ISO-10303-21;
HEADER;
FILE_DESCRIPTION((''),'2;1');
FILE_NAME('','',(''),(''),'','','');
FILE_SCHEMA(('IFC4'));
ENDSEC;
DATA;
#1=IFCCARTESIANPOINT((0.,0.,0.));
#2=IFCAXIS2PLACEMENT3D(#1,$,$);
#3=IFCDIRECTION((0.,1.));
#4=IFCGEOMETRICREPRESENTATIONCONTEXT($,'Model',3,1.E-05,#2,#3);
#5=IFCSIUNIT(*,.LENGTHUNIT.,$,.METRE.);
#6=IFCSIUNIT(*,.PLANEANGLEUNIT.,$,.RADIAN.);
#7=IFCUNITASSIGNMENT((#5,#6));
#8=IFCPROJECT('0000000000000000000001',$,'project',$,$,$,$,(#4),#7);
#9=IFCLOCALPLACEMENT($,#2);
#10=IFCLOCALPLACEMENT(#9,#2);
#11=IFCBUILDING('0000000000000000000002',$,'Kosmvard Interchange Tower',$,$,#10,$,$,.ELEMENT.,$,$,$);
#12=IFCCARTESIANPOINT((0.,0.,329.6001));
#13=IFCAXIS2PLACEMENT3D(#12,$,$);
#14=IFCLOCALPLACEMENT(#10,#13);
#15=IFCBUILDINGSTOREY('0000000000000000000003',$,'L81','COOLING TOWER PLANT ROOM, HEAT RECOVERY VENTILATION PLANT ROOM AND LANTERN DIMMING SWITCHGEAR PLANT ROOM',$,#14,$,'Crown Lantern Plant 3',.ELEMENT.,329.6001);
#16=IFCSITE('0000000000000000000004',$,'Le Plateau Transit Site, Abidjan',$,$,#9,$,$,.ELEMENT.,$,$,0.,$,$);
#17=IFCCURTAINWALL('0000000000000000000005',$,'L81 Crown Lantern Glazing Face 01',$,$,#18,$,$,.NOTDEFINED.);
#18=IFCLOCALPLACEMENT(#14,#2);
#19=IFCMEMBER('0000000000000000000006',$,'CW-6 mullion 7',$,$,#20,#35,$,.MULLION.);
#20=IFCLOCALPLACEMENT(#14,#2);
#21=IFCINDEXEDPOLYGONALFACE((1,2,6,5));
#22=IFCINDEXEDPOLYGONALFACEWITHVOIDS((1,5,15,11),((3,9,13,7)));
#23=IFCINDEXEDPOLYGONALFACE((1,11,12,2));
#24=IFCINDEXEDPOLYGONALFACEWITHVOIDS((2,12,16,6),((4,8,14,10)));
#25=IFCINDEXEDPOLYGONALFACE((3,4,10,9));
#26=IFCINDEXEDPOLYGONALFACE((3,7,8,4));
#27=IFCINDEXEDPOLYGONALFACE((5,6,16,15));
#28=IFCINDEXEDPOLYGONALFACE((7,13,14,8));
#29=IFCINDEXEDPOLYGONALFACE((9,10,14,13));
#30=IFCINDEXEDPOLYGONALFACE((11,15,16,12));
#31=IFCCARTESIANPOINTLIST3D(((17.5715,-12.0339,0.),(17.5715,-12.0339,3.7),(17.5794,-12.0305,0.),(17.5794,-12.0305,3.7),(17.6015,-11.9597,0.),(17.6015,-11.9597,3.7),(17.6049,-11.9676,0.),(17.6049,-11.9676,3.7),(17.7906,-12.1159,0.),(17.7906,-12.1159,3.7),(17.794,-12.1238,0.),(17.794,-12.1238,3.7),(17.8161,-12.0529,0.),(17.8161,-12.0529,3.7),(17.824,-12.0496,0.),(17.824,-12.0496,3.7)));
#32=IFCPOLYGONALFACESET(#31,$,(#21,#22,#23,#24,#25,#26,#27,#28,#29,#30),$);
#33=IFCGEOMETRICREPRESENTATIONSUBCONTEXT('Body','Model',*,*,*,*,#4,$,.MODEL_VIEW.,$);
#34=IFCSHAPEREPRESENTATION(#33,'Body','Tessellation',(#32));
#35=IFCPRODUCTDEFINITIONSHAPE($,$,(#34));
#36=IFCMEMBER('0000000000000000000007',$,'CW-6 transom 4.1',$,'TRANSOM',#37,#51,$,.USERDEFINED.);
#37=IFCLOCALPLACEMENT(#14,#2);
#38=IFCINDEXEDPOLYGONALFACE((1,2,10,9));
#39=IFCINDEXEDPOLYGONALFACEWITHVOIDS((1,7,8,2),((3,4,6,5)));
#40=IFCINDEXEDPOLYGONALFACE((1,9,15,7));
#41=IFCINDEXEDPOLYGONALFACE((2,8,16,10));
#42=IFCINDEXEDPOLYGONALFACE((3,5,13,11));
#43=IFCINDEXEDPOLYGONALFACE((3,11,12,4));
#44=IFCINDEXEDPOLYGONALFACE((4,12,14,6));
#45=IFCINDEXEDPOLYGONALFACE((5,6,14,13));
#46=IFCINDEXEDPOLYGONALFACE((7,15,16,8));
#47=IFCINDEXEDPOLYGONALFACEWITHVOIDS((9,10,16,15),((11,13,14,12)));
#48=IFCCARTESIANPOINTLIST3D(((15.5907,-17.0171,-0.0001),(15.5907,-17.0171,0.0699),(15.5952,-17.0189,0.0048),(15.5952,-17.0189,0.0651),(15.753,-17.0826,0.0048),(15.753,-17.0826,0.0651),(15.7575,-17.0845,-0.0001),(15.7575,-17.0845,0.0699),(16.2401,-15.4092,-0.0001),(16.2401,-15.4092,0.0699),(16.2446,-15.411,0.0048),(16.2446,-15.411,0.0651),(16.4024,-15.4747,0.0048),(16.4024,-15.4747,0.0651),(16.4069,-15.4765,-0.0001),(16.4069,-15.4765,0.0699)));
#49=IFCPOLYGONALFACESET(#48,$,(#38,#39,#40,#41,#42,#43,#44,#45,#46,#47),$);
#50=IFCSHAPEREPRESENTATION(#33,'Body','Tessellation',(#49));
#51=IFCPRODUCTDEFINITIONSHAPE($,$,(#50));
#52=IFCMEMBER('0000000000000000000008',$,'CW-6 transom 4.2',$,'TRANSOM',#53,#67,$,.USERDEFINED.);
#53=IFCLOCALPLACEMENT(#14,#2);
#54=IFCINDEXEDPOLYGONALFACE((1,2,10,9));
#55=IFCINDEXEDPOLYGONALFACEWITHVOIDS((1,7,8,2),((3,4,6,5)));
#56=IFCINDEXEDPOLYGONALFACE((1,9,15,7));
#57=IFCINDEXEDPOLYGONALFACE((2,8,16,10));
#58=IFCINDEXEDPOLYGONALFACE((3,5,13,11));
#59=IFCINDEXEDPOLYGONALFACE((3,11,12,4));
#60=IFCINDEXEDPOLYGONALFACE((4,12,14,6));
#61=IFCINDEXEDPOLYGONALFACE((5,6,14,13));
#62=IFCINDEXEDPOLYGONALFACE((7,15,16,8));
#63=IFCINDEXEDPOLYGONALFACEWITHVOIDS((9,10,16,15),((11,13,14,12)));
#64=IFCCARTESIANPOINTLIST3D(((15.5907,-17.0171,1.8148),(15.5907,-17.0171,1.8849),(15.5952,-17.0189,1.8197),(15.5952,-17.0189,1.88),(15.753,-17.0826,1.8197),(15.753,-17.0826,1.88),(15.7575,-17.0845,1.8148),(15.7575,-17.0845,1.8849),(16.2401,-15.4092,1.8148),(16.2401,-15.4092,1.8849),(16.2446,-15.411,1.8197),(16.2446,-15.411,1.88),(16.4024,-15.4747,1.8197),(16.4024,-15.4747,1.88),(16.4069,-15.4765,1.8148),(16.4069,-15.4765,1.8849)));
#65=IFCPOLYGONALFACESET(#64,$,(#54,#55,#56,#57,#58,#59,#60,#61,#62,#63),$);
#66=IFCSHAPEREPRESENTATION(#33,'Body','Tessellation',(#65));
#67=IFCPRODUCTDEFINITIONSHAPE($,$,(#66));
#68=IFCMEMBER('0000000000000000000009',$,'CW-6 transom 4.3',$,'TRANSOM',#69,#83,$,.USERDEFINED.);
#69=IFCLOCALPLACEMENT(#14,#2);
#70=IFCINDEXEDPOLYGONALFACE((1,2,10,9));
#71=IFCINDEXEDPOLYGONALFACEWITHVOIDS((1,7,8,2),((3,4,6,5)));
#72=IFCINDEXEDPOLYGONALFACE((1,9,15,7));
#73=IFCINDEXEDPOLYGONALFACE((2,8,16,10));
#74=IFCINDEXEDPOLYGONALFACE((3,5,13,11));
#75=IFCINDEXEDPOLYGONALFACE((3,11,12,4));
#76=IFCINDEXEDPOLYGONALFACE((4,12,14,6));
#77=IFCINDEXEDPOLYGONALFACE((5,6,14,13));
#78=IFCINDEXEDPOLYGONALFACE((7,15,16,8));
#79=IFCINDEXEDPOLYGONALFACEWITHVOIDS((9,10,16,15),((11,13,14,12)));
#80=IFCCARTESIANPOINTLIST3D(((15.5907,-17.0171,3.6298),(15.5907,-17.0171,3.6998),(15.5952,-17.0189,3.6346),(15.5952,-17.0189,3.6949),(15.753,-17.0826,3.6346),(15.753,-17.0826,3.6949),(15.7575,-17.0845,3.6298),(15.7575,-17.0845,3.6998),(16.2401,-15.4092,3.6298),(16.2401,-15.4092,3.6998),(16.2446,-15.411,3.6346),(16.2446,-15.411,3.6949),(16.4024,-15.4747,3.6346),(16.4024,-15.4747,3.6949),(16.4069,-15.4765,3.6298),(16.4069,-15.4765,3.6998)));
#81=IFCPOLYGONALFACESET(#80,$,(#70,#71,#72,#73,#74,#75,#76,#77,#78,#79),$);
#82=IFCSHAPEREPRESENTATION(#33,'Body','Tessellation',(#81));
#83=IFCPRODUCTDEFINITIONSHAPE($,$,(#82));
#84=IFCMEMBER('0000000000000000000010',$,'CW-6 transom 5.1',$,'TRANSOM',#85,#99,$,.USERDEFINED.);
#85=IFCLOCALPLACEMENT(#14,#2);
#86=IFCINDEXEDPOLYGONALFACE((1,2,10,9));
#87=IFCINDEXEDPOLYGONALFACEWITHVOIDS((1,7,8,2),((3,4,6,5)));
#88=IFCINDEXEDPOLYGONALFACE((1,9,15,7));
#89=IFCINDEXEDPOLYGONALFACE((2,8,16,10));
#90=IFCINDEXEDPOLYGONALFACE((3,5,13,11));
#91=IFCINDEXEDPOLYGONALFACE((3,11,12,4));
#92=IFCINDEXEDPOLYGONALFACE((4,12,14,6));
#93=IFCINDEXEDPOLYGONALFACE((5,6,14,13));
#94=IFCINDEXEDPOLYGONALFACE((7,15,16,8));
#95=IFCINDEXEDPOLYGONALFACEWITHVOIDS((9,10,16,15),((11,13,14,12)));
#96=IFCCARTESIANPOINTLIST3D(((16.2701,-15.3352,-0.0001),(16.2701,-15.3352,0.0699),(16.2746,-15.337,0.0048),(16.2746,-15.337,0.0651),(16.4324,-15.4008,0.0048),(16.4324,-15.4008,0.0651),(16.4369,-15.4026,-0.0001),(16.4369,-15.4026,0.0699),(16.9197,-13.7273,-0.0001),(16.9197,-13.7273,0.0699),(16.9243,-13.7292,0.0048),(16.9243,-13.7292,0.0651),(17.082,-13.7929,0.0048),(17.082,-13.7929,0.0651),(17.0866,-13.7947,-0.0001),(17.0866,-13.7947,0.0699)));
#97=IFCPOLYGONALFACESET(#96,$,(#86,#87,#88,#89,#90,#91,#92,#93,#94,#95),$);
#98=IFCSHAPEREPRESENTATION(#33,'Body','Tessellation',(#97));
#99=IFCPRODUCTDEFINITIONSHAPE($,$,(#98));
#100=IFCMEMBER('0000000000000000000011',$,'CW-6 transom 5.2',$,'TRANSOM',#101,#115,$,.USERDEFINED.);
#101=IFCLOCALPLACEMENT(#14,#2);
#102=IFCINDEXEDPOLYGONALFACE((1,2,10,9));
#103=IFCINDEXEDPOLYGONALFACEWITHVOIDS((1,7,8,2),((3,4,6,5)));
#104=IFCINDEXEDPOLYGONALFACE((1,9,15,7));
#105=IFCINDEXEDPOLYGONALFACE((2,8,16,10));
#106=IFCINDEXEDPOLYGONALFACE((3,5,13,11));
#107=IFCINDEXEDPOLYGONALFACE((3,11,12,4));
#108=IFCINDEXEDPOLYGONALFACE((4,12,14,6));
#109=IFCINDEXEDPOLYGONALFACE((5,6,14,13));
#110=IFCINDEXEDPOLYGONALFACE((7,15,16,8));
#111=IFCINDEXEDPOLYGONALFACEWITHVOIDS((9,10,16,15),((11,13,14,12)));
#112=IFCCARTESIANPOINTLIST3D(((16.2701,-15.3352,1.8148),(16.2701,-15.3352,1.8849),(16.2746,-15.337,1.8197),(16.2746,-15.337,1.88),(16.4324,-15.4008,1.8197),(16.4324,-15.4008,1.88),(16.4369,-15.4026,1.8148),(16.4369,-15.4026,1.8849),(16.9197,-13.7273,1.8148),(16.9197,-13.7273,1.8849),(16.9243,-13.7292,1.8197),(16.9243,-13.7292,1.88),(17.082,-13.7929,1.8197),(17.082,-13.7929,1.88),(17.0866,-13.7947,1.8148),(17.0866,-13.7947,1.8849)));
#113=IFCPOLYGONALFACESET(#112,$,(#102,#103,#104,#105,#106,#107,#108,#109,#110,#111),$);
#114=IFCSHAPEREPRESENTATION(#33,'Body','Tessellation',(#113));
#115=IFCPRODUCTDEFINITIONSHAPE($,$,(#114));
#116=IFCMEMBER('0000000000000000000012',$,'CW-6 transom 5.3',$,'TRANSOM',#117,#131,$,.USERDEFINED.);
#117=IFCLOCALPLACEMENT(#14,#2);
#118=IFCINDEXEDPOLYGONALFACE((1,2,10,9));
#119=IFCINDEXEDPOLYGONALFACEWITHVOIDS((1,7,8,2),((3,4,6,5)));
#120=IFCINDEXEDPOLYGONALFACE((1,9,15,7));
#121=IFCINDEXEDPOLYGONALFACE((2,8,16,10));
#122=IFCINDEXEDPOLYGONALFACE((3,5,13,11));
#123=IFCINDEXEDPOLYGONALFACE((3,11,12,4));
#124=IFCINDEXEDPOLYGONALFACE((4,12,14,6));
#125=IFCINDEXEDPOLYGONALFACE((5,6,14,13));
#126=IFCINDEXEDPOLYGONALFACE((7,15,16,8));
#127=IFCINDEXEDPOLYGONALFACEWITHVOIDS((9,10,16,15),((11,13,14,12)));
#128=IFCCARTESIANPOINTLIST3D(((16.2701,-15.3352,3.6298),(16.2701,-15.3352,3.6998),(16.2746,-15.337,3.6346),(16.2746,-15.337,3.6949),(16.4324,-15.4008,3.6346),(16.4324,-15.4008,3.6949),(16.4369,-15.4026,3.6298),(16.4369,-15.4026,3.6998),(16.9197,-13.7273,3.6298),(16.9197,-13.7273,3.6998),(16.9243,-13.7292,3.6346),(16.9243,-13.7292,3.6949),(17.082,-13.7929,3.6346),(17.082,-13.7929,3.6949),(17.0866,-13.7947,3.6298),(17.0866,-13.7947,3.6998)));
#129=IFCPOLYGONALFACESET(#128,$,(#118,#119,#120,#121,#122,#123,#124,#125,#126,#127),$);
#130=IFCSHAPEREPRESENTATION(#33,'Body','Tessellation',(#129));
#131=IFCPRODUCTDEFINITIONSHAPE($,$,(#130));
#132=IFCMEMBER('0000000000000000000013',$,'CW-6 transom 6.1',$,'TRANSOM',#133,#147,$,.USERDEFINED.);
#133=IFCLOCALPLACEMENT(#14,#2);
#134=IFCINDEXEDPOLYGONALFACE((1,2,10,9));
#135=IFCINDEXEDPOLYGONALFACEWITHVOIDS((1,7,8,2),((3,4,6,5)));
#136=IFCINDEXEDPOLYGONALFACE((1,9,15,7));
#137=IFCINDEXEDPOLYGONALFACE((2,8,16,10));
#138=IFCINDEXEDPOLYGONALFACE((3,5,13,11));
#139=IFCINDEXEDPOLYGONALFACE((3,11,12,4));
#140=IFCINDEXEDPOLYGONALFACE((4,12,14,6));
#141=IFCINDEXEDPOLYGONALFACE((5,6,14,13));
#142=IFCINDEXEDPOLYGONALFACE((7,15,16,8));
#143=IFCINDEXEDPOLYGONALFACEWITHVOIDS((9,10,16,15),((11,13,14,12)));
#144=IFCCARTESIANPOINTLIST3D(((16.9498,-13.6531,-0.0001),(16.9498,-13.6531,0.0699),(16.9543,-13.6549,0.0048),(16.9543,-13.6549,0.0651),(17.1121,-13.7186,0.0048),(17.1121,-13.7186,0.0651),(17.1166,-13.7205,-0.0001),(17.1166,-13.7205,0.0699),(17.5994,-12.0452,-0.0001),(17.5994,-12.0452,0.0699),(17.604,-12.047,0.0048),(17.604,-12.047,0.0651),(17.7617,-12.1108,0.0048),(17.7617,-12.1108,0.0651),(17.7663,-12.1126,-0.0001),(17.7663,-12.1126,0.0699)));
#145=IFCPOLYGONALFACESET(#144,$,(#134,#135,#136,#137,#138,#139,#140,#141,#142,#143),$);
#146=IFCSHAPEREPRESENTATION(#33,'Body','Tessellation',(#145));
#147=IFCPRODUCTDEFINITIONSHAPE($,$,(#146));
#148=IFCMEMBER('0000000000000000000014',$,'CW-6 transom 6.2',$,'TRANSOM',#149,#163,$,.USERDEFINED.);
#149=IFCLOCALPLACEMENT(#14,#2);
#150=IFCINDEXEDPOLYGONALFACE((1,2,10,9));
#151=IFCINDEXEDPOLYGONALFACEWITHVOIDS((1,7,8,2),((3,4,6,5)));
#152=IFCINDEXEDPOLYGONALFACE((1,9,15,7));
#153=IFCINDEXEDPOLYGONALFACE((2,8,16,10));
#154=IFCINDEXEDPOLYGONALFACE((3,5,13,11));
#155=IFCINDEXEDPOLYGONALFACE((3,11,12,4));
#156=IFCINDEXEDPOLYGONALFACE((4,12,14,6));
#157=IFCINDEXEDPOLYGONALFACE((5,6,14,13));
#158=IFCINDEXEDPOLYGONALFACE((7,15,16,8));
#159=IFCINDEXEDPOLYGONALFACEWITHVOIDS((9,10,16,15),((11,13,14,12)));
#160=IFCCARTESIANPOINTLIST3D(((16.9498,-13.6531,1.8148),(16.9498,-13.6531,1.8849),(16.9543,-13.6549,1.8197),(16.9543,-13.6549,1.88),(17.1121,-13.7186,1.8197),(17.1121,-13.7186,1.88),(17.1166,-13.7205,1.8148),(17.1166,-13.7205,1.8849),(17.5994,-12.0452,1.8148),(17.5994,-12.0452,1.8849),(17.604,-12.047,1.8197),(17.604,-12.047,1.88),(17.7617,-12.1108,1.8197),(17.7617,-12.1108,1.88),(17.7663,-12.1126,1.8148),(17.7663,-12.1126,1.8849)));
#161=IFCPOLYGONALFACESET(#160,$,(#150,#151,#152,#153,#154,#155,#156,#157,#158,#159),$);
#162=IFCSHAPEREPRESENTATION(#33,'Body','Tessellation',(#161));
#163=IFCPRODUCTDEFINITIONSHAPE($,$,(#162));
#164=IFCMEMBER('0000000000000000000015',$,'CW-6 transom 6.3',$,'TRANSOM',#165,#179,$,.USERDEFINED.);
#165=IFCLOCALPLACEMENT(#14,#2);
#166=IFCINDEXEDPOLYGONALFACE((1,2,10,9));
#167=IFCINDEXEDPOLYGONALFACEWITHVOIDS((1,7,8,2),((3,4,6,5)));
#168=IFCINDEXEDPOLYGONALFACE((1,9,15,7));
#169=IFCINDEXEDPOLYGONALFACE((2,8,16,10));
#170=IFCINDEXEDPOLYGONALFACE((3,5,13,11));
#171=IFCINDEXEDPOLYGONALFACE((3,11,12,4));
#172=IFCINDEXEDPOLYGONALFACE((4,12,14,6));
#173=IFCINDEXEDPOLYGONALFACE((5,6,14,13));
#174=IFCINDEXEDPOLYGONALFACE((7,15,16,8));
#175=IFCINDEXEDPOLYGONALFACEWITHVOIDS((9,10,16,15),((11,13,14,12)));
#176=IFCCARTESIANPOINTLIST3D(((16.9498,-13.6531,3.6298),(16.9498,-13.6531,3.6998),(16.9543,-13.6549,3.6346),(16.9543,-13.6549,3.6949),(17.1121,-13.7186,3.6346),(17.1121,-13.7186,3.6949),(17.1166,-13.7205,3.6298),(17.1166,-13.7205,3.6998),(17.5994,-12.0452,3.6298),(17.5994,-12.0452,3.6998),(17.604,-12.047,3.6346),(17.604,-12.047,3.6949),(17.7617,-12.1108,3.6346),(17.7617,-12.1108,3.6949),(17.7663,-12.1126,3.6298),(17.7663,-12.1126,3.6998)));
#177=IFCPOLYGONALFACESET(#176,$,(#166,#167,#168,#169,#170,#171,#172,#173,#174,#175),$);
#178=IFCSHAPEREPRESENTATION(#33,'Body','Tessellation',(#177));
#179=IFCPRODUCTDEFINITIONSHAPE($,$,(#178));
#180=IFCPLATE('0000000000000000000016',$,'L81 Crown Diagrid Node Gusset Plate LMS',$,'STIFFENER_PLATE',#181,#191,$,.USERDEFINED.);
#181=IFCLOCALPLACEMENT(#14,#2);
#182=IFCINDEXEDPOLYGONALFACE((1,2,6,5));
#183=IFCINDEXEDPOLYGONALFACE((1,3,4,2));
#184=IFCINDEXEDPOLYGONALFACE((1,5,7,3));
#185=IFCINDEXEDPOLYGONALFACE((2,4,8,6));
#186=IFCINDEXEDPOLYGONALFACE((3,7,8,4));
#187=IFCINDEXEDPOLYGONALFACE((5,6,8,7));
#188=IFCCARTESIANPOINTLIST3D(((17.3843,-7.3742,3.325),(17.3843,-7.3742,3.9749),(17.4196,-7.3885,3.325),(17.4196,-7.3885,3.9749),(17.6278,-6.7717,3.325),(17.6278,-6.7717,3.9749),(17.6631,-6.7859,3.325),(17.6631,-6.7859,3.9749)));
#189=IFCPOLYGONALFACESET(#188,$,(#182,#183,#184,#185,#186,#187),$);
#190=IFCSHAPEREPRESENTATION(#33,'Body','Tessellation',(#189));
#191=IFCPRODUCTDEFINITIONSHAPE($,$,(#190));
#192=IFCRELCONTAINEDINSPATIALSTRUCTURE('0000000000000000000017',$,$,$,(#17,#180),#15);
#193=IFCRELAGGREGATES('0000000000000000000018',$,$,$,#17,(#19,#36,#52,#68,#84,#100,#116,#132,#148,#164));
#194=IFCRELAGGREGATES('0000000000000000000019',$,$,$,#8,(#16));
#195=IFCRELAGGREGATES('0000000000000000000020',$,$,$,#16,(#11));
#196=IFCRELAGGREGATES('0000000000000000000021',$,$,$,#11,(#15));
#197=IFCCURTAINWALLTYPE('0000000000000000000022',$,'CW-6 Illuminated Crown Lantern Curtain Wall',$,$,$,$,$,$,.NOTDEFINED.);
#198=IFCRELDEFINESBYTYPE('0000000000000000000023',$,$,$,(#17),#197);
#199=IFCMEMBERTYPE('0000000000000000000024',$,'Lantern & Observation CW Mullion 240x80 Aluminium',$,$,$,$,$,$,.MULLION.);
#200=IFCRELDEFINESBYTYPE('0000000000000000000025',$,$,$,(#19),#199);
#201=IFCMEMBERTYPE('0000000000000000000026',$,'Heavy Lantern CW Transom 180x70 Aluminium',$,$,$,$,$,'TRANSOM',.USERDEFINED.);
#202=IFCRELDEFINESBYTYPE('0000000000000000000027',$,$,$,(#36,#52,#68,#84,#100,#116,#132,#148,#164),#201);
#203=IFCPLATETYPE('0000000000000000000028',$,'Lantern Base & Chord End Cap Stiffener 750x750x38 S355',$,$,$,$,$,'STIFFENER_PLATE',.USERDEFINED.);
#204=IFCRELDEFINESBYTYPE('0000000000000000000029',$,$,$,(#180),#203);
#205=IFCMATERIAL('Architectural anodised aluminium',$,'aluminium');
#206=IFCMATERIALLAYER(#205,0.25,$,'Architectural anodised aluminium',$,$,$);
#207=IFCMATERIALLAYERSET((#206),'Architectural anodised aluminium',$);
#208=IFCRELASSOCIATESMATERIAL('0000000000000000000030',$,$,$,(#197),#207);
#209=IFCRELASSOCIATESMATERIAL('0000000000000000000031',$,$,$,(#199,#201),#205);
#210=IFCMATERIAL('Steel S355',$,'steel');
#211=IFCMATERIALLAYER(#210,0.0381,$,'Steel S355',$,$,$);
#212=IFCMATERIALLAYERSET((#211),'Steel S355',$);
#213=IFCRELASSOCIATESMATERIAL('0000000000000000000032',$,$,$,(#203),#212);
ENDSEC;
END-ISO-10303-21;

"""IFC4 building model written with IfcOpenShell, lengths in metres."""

from ifc_helpers import new_model, si_unit, direction, frame, origin, origin_2d, place, context, subcontext, project, spatial, rectangle, hollow_rectangle, extrude, source, transform, mapped, material, layer, layer_set, material_profile, profile_set, type_object, element, aggregate, save


model = new_model("IFC4")

# Units and contexts
model_context = context("Model", 3, precision=1e-05, world=origin(), true_north=direction((0.0, 1.0)))
body_context = subcontext(model_context, "Body", "Model", "MODEL_VIEW")
ifc_project = project(units=[si_unit("LENGTHUNIT", "METRE"), si_unit("PLANEANGLEUNIT", "RADIAN")], contexts=[model_context])

# Site, building, storey
site_placement = place(None, origin())
site = spatial("IfcSite", under=ifc_project, at=site_placement, Name="Le Plateau Transit Site, Abidjan", CompositionType="ELEMENT", RefElevation=0.0)
building_placement = place(site_placement, origin())
building = spatial("IfcBuilding", under=site, at=building_placement, Name="Kosmvard Interchange Tower", CompositionType="ELEMENT")
storey_placement = place(building_placement, frame((0.0, 0.0, 329.6001)))
storey = spatial("IfcBuildingStorey", under=building, at=storey_placement, Name="L81", Description="COOLING TOWER PLANT ROOM, HEAT RECOVERY VENTILATION PLANT ROOM AND LANTERN DIMMING SWITCHGEAR PLANT ROOM", LongName="Crown Lantern Plant 3", CompositionType="ELEMENT", Elevation=329.6001)

# Shared definitions
ifc_material_1 = material(Name="Steel S355", Category="steel")

# Curtain wall, members
ifc_material_2 = material(Name="Architectural anodised aluminium", Category="aluminium")
ifc_layer_1 = layer(ifc_material_2, 0.25, Name="Architectural anodised aluminium")
ifc_layer_set_1 = layer_set([ifc_layer_1], Name="Architectural anodised aluminium")
curtain_wall_type = type_object("IfcCurtainWallType", Name="CW-6 Illuminated Crown Lantern Curtain Wall", PredefinedType="NOTDEFINED", material=ifc_layer_set_1)
curtain_wall_placement = place(storey_placement, origin())
curtain_wall = element("IfcCurtainWall", 1, at=curtain_wall_placement, inside=storey, type_object=curtain_wall_type, Name="L81 Crown Lantern Glazing Face 01", PredefinedType="NOTDEFINED")
ifc_material_profile_1 = material_profile(ifc_material_2, hollow_rectangle(XDim=0.24, YDim=0.0801, WallThickness=0.0061, at=origin_2d()), Name="CWM 240x80x6")
ifc_profile_set_1 = profile_set([ifc_material_profile_1], Name="Architectural anodised aluminium")
member_type_1 = type_object("IfcMemberType", Name="Lantern & Observation CW Mullion 240x80 Aluminium", PredefinedType="MULLION", material=ifc_profile_set_1)
shared_shape_1 = source(origin(), body_context, "Body", "SweptSolid", [
    extrude(hollow_rectangle(XDim=0.24, YDim=0.0801, WallThickness=0.0061, at=origin_2d()), origin(), (0.0, 0.0, 1.0), 3.7),
])
member_1_placement = place(storey_placement, frame((17.6978, -12.0417, 0.0), z_axis=(0.0, 0.0, 1.0), x_axis=(-0.927184, 0.374607, 0.0)))
member_1 = element("IfcMember", 2, at=member_1_placement, type_object=member_type_1, Name="CW-6 mullion 7", PredefinedType="MULLION", context=body_context, shape_type="MappedRepresentation", body=[
    mapped(shared_shape_1, transform((0.0, 0.0, 0.0), scale=1.0)),
])
ifc_material_profile_2 = material_profile(ifc_material_2, hollow_rectangle(XDim=0.1799, YDim=0.0701, WallThickness=0.0049, at=origin_2d()), Name="CWT 180x70x5")
ifc_profile_set_2 = profile_set([ifc_material_profile_2], Name="Architectural anodised aluminium")
member_type_2 = type_object("IfcMemberType", Name="Heavy Lantern CW Transom 180x70 Aluminium", ElementType="TRANSOM", PredefinedType="USERDEFINED", material=ifc_profile_set_2)
shared_shape_2 = source(origin(), body_context, "Body", "SweptSolid", [
    extrude(hollow_rectangle(XDim=0.1799, YDim=0.0701, WallThickness=0.0049, at=origin_2d()), origin(), (0.0, 0.0, 1.0), 1.7341),
])
member_2_placement = place(storey_placement, frame((15.6741, -17.0508, 0.0349), z_axis=(0.374496, 0.927229, 0.0), x_axis=(-0.927229, 0.374496, 0.0)))
member_2 = element("IfcMember", 3, at=member_2_placement, type_object=member_type_2, Name="CW-6 transom 4.1", ObjectType="TRANSOM", PredefinedType="USERDEFINED", context=body_context, shape_type="MappedRepresentation", body=[
    mapped(shared_shape_2, transform((0.0, 0.0, 0.0), scale=1.0)),
])
member_3_placement = place(storey_placement, frame((15.6741, -17.0508, 1.8499), z_axis=(0.374496, 0.927229, 0.0), x_axis=(-0.927229, 0.374496, 0.0)))
member_3 = element("IfcMember", 4, at=member_3_placement, type_object=member_type_2, Name="CW-6 transom 4.2", ObjectType="TRANSOM", PredefinedType="USERDEFINED", context=body_context, shape_type="MappedRepresentation", body=[
    mapped(shared_shape_2, transform((0.0, 0.0, 0.0), scale=1.0)),
])
member_4_placement = place(storey_placement, frame((15.6741, -17.0508, 3.6648), z_axis=(0.374496, 0.927229, 0.0), x_axis=(-0.927229, 0.374496, 0.0)))
member_4 = element("IfcMember", 5, at=member_4_placement, type_object=member_type_2, Name="CW-6 transom 4.3", ObjectType="TRANSOM", PredefinedType="USERDEFINED", context=body_context, shape_type="MappedRepresentation", body=[
    mapped(shared_shape_2, transform((0.0, 0.0, 0.0), scale=1.0)),
])
member_5_placement = place(storey_placement, frame((16.3535, -15.3689, 0.0349), z_axis=(0.374617, 0.92718, 0.0), x_axis=(-0.92718, 0.374617, 0.0)))
member_5 = element("IfcMember", 6, at=member_5_placement, type_object=member_type_2, Name="CW-6 transom 5.1", ObjectType="TRANSOM", PredefinedType="USERDEFINED", context=body_context, shape_type="MappedRepresentation", body=[
    mapped(shared_shape_2, transform((0.0, 0.0, 0.0), scale=1.0)),
])
member_6_placement = place(storey_placement, frame((16.3535, -15.3689, 1.8499), z_axis=(0.374617, 0.92718, 0.0), x_axis=(-0.92718, 0.374617, 0.0)))
member_6 = element("IfcMember", 7, at=member_6_placement, type_object=member_type_2, Name="CW-6 transom 5.2", ObjectType="TRANSOM", PredefinedType="USERDEFINED", context=body_context, shape_type="MappedRepresentation", body=[
    mapped(shared_shape_2, transform((0.0, 0.0, 0.0), scale=1.0)),
])
member_7_placement = place(storey_placement, frame((16.3535, -15.3689, 3.6648), z_axis=(0.374617, 0.92718, 0.0), x_axis=(-0.92718, 0.374617, 0.0)))
member_7 = element("IfcMember", 8, at=member_7_placement, type_object=member_type_2, Name="CW-6 transom 5.3", ObjectType="TRANSOM", PredefinedType="USERDEFINED", context=body_context, shape_type="MappedRepresentation", body=[
    mapped(shared_shape_2, transform((0.0, 0.0, 0.0), scale=1.0)),
])
member_8_placement = place(storey_placement, frame((17.0332, -13.6868, 0.0349), z_axis=(0.374617, 0.92718, 0.0), x_axis=(-0.92718, 0.374617, 0.0)))
member_8 = element("IfcMember", 9, at=member_8_placement, type_object=member_type_2, Name="CW-6 transom 6.1", ObjectType="TRANSOM", PredefinedType="USERDEFINED", context=body_context, shape_type="MappedRepresentation", body=[
    mapped(shared_shape_2, transform((0.0, 0.0, 0.0), scale=1.0)),
])
member_9_placement = place(storey_placement, frame((17.0332, -13.6868, 1.8499), z_axis=(0.374617, 0.92718, 0.0), x_axis=(-0.92718, 0.374617, 0.0)))
member_9 = element("IfcMember", 10, at=member_9_placement, type_object=member_type_2, Name="CW-6 transom 6.2", ObjectType="TRANSOM", PredefinedType="USERDEFINED", context=body_context, shape_type="MappedRepresentation", body=[
    mapped(shared_shape_2, transform((0.0, 0.0, 0.0), scale=1.0)),
])
member_10_placement = place(storey_placement, frame((17.0332, -13.6868, 3.6648), z_axis=(0.374617, 0.92718, 0.0), x_axis=(-0.92718, 0.374617, 0.0)))
member_10 = element("IfcMember", 11, at=member_10_placement, type_object=member_type_2, Name="CW-6 transom 6.3", ObjectType="TRANSOM", PredefinedType="USERDEFINED", context=body_context, shape_type="MappedRepresentation", body=[
    mapped(shared_shape_2, transform((0.0, 0.0, 0.0), scale=1.0)),
])

# Plate
ifc_layer_2 = layer(ifc_material_1, 0.0381, Name="Steel S355")
ifc_layer_set_2 = layer_set([ifc_layer_2], Name="Steel S355")
plate_type_1 = type_object("IfcPlateType", Name="Lantern Base & Chord End Cap Stiffener 750x750x38 S355", ElementType="STIFFENER_PLATE", PredefinedType="USERDEFINED", material=ifc_layer_set_2)
shared_shape_3 = source(origin(), body_context, "Body", "SweptSolid", [
    extrude(rectangle(XDim=0.6499, YDim=0.0381, at=origin_2d()), origin(), (0.0, 0.0, 1.0), 0.6499),
])
plate_1_placement = place(storey_placement, frame((17.5237, -7.0801, 3.325), z_axis=(0.0, 0.0, 1.0), x_axis=(0.374607, 0.927184, 0.0)))
element("IfcPlate", 12, at=plate_1_placement, inside=storey, type_object=plate_type_1, Name="L81 Crown Diagrid Node Gusset Plate LMS", ObjectType="STIFFENER_PLATE", PredefinedType="USERDEFINED", context=body_context, shape_type="MappedRepresentation", body=[
    mapped(shared_shape_3, transform((0.0, 0.0, 0.0), scale=1.0)),
])
aggregate(curtain_wall, [member_1, member_2, member_3, member_4, member_5, member_6, member_7, member_8, member_9, member_10])

save(model, "model.ifc")
